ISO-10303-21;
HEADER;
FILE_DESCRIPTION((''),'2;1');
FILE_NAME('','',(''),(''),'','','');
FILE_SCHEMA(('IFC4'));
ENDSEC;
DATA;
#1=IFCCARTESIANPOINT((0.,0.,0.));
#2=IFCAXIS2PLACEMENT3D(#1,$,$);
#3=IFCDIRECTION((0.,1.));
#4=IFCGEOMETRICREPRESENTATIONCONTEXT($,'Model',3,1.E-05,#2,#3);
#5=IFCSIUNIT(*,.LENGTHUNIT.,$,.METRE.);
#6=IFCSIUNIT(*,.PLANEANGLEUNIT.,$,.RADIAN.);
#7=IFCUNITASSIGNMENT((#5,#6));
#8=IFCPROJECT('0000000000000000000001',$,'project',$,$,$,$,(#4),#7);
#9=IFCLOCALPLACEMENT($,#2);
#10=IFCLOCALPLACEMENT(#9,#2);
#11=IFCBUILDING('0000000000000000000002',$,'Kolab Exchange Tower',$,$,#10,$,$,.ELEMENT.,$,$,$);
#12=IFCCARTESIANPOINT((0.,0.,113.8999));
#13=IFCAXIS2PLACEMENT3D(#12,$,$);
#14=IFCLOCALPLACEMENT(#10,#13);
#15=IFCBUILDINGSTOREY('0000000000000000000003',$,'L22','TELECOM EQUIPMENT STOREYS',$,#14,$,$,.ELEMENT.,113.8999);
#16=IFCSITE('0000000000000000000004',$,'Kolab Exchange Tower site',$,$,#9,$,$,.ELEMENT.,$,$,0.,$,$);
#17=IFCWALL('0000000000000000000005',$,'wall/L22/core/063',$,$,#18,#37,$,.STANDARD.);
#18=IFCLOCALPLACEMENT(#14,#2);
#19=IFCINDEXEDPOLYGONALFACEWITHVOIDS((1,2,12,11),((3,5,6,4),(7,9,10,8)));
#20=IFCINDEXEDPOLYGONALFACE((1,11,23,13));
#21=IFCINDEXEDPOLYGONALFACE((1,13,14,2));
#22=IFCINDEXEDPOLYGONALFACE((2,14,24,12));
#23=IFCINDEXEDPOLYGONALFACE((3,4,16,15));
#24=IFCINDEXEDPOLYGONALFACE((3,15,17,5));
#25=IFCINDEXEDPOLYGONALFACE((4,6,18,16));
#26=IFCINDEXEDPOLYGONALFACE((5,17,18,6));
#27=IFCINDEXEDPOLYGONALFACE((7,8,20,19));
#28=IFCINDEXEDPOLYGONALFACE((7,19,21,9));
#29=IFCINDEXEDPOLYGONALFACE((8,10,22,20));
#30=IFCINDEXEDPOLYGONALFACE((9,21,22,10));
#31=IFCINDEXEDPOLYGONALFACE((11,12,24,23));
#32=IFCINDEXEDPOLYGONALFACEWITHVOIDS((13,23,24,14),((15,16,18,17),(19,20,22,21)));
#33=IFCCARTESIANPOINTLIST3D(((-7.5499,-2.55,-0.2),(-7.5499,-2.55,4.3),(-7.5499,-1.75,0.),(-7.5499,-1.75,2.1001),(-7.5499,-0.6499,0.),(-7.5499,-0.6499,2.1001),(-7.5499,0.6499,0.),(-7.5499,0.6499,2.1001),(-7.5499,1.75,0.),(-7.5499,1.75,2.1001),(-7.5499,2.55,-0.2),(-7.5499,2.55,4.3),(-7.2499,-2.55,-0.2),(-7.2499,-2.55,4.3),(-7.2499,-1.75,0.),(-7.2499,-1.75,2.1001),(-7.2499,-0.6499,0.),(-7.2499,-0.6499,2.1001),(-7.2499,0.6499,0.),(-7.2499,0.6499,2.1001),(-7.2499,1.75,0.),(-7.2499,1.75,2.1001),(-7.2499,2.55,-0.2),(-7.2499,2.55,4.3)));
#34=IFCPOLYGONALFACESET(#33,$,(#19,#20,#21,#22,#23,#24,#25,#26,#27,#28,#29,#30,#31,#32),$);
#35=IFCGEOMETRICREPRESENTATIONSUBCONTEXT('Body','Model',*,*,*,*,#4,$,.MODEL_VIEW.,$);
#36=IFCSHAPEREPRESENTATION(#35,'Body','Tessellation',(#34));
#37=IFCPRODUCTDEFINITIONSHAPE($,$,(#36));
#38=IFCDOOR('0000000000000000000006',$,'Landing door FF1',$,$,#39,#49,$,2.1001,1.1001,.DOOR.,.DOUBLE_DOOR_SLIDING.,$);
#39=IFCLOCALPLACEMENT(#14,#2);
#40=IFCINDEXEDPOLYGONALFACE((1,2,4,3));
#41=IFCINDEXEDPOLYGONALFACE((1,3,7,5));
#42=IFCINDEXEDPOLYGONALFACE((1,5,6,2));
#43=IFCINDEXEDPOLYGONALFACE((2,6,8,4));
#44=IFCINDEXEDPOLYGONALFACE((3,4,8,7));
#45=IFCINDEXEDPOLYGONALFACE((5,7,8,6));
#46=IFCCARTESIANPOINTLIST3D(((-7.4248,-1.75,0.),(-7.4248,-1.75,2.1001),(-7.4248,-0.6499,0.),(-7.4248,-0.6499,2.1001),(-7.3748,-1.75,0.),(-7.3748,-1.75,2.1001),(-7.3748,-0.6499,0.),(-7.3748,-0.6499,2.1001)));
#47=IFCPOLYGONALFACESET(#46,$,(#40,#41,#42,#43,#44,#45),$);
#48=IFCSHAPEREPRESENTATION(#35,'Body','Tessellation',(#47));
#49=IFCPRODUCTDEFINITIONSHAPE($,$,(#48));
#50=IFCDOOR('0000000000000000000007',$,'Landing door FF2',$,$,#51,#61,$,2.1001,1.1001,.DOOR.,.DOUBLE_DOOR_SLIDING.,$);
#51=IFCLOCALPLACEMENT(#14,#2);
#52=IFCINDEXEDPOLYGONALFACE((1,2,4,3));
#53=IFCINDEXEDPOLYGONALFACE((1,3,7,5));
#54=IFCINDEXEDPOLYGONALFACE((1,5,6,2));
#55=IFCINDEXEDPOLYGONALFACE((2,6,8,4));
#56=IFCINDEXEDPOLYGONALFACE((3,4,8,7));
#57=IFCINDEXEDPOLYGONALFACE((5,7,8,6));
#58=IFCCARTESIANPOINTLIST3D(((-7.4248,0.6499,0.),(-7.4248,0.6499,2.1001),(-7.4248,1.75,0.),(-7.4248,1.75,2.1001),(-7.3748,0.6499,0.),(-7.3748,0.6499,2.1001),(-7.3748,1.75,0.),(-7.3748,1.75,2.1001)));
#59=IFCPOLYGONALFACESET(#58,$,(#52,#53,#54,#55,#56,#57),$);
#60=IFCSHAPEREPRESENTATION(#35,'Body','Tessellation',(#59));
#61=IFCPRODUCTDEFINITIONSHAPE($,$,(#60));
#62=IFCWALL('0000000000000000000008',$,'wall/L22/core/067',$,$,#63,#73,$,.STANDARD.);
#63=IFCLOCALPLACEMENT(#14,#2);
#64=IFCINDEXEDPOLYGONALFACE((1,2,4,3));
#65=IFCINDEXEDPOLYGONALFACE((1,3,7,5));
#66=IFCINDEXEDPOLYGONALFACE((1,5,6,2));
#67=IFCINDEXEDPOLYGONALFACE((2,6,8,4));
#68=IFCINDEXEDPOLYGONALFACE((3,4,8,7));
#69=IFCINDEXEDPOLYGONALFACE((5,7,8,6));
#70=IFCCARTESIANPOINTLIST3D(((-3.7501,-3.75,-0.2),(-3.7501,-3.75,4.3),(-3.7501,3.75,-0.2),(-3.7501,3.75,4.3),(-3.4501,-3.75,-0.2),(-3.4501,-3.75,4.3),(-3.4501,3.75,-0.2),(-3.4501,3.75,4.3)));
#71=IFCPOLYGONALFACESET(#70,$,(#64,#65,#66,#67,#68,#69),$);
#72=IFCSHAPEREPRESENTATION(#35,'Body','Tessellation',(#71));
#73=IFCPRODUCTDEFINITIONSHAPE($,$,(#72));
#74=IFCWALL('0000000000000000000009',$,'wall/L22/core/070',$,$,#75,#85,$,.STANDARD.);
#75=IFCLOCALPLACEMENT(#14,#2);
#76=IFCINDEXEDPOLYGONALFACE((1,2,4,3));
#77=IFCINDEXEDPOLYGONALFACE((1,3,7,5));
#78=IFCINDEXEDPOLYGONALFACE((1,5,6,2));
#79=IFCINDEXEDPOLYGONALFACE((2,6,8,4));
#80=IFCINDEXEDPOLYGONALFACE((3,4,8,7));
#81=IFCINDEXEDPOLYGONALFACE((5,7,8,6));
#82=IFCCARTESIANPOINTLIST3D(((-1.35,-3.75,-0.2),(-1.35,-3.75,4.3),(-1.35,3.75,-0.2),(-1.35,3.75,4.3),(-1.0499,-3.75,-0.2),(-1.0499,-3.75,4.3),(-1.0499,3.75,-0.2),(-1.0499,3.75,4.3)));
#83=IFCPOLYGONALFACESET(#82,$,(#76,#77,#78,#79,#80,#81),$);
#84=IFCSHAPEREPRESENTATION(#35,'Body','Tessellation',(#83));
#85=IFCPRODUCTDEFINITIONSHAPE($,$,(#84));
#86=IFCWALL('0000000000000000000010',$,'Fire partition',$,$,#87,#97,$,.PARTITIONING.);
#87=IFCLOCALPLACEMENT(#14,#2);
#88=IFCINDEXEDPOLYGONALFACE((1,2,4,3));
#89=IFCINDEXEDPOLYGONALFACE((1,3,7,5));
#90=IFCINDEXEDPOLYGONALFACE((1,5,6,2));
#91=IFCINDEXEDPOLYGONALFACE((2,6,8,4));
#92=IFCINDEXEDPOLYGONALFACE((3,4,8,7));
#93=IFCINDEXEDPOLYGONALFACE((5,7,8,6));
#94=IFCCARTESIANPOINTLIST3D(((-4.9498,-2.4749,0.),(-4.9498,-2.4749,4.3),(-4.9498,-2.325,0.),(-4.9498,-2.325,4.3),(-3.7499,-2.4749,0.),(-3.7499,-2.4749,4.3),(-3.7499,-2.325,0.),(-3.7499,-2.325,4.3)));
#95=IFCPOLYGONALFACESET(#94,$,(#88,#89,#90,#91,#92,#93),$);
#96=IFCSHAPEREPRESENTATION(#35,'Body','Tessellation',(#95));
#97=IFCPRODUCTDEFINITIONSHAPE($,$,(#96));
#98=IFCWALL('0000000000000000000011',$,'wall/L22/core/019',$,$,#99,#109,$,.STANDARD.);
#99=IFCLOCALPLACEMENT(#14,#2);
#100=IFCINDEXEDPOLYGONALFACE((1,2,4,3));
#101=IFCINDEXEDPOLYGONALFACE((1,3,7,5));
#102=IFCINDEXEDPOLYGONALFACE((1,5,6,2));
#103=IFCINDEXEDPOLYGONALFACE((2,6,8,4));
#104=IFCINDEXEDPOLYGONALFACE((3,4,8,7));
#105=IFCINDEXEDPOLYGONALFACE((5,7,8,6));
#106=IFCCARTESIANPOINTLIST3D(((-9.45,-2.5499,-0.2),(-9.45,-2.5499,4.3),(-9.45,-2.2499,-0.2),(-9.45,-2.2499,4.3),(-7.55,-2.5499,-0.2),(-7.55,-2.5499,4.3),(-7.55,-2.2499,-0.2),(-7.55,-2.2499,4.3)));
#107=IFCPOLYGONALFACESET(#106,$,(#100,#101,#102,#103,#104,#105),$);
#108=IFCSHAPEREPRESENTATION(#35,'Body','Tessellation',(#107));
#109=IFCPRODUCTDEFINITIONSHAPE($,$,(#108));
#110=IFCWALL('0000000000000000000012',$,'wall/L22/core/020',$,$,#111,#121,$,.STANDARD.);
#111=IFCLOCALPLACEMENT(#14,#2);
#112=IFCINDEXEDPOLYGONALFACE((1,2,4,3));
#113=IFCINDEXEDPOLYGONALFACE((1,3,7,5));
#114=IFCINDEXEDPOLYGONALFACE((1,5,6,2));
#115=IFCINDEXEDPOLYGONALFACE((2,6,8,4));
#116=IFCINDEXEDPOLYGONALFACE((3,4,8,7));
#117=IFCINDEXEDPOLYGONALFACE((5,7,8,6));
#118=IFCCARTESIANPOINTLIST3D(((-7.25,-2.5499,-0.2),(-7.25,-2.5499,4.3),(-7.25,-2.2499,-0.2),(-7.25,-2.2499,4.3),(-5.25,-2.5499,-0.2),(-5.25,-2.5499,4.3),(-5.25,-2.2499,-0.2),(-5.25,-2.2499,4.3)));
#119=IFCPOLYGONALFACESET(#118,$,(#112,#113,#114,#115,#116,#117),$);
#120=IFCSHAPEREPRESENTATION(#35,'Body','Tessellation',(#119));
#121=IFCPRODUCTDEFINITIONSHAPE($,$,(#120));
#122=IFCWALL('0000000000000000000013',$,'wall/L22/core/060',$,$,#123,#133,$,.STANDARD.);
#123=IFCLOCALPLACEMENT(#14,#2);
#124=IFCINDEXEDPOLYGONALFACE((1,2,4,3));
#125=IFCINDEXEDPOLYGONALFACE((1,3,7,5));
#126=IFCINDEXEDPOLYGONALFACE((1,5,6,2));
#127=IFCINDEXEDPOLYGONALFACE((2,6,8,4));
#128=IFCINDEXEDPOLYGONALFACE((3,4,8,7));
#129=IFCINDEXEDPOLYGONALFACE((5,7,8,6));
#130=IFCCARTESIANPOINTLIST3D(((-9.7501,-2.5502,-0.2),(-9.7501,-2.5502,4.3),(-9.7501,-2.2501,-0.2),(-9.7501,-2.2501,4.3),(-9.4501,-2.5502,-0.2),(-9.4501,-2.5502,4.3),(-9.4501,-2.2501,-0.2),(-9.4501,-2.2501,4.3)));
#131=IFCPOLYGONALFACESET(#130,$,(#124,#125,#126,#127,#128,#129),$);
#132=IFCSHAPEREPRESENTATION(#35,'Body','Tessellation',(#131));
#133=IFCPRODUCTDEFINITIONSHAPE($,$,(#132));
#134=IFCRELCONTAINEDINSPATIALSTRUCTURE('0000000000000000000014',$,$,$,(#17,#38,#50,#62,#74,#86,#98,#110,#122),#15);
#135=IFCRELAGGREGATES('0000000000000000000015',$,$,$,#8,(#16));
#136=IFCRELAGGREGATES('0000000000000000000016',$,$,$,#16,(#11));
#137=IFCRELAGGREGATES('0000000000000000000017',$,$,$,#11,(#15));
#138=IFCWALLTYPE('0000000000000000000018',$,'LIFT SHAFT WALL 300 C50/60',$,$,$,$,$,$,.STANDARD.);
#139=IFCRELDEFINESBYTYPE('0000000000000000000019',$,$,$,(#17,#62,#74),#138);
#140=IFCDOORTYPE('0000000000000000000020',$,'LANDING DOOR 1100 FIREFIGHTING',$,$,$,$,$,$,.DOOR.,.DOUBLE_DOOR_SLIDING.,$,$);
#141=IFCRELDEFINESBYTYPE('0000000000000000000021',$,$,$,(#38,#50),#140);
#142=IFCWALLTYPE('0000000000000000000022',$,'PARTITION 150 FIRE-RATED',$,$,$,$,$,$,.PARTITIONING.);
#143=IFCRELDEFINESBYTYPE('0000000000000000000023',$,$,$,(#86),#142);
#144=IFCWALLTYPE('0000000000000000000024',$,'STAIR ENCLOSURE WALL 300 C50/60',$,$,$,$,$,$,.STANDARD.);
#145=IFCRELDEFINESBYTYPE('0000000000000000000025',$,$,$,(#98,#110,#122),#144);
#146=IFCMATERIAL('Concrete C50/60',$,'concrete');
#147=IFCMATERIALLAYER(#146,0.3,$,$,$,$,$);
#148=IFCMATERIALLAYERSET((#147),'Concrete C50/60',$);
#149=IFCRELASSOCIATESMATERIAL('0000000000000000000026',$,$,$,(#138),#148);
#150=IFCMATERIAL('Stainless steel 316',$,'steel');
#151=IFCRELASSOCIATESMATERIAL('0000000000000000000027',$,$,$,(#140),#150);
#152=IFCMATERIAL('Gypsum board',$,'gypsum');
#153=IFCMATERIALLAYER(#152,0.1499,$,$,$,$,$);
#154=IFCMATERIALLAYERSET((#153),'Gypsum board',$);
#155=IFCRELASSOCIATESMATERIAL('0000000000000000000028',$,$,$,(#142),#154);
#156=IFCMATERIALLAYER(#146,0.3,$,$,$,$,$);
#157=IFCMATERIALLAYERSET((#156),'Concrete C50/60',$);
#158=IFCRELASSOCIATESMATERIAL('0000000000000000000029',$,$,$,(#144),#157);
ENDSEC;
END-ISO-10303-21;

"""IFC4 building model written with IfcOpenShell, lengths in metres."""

from ifc_helpers import new_model, si_unit, direction, frame, frame_2d, origin, place, context, subcontext, project, spatial, rectangle, extrude, material, layer, layer_set, type_object, element, fill, save


model = new_model("IFC4")

# Units and contexts
model_context = context("Model", 3, precision=1e-05, world=origin(), true_north=direction((0.0, 1.0)))
body_context = subcontext(model_context, "Body", "Model", "MODEL_VIEW")
ifc_project = project(units=[si_unit("LENGTHUNIT", "METRE"), si_unit("PLANEANGLEUNIT", "RADIAN")], contexts=[model_context])

# Site, building, storey
site_placement = place(None, origin())
site = spatial("IfcSite", under=ifc_project, at=site_placement, Name="Kolab Exchange Tower site", CompositionType="ELEMENT", RefElevation=0.0)
building_placement = place(site_placement, origin())
building = spatial("IfcBuilding", under=site, at=building_placement, Name="Kolab Exchange Tower", CompositionType="ELEMENT")
storey_placement = place(building_placement, frame((0.0, 0.0, 113.8999)))
storey = spatial("IfcBuildingStorey", under=building, at=storey_placement, Name="L22", Description="TELECOM EQUIPMENT STOREYS", CompositionType="ELEMENT", Elevation=113.8999)

# Shared definitions
ifc_material_1 = material(Name="Concrete C50/60", Category="concrete")
ifc_layer_1 = layer(ifc_material_1, 0.3)
ifc_layer_set_1 = layer_set([ifc_layer_1], Name="Concrete C50/60")
wall_type_1 = type_object("IfcWallType", Name="LIFT SHAFT WALL 300 C50/60", PredefinedType="STANDARD", material=ifc_layer_set_1)

# Wall, openings, doors
wall_1_placement = place(storey_placement, frame((-7.3999, -2.55, -0.2), z_axis=(0.0, 0.0, 1.0), x_axis=(0.0, 1.0, 0.0)))
wall_1 = element("IfcWall", 1, at=wall_1_placement, inside=storey, type_object=wall_type_1, Name="wall/L22/core/063", PredefinedType="STANDARD", context=body_context, shape_type="SweptSolid", body=[
    extrude(rectangle(XDim=5.1001, YDim=0.3, at=frame_2d((2.55, 0.0))), origin(), (0.0, 0.0, 1.0), 4.5),
])
opening_1_placement = place(wall_1_placement, frame((0.8, 0.0, 0.2)))
opening_1 = element("IfcOpeningElement", 2, at=opening_1_placement, cuts=wall_1, PredefinedType="OPENING", context=body_context, shape_type="SweptSolid", body=[
    extrude(rectangle(XDim=1.1001, YDim=2.1001, at=frame_2d((0.55, 1.05))), frame((0.0, 0.1602, 0.0), z_axis=(0.0, -1.0, 0.0), x_axis=(1.0, 0.0, 0.0)), (0.0, 0.0, 1.0), 0.3201),
])
opening_2_placement = place(wall_1_placement, frame((3.2, 0.0, 0.2)))
opening_2 = element("IfcOpeningElement", 3, at=opening_2_placement, cuts=wall_1, PredefinedType="OPENING", context=body_context, shape_type="SweptSolid", body=[
    extrude(rectangle(XDim=1.1001, YDim=2.1001, at=frame_2d((0.55, 1.05))), frame((0.0, 0.1602, 0.0), z_axis=(0.0, -1.0, 0.0), x_axis=(1.0, 0.0, 0.0)), (0.0, 0.0, 1.0), 0.3201),
])
ifc_material_2 = material(Name="Stainless steel 316", Category="steel")
door_type_1 = type_object("IfcDoorType", Name="LANDING DOOR 1100 FIREFIGHTING", OperationType="DOUBLE_DOOR_SLIDING", PredefinedType="DOOR", material=ifc_material_2)
door_1_placement = place(opening_1_placement, origin())
door_1 = element("IfcDoor", 4, at=door_1_placement, inside=storey, type_object=door_type_1, Name="Landing door FF1", OperationType="DOUBLE_DOOR_SLIDING", OverallHeight=2.1001, OverallWidth=1.1001, PredefinedType="DOOR", context=body_context, shape_type="SweptSolid", body=[
    extrude(rectangle(XDim=1.1001, YDim=2.1001, at=frame_2d((0.55, 1.05))), frame((0.0, 0.0249, 0.0), z_axis=(0.0, -1.0, 0.0), x_axis=(1.0, 0.0, 0.0)), (0.0, 0.0, 1.0), 0.05),
])
fill(opening_1, door_1)
door_2_placement = place(opening_2_placement, origin())
door_2 = element("IfcDoor", 5, at=door_2_placement, inside=storey, type_object=door_type_1, Name="Landing door FF2", OperationType="DOUBLE_DOOR_SLIDING", OverallHeight=2.1001, OverallWidth=1.1001, PredefinedType="DOOR", context=body_context, shape_type="SweptSolid", body=[
    extrude(rectangle(XDim=1.1001, YDim=2.1001, at=frame_2d((0.55, 1.05))), frame((0.0, 0.0249, 0.0), z_axis=(0.0, -1.0, 0.0), x_axis=(1.0, 0.0, 0.0)), (0.0, 0.0, 1.0), 0.05),
])
fill(opening_2, door_2)

# Walls
for number, where, z_axis, x_axis, name in (
    (6, (-3.6001, -3.75, -0.2), (0.0, 0.0, 1.0), (0.0, 1.0, 0.0), "wall/L22/core/067"),
    (7, (-1.2, -3.75, -0.2), (0.0, 0.0, 1.0), (0.0, 1.0, 0.0), "wall/L22/core/070"),
):
    element("IfcWall", number, at=place(storey_placement, frame(where, z_axis=z_axis, x_axis=x_axis)), inside=storey, type_object=wall_type_1, Name=name, PredefinedType="STANDARD", context=body_context, shape_type="SweptSolid", body=[
        extrude(rectangle(XDim=7.5, YDim=0.3, at=frame_2d((3.75, 0.0))), origin(), (0.0, 0.0, 1.0), 4.5),
    ])
ifc_material_3 = material(Name="Gypsum board", Category="gypsum")
ifc_layer_2 = layer(ifc_material_3, 0.1499)
ifc_layer_set_2 = layer_set([ifc_layer_2], Name="Gypsum board")
wall_type_2 = type_object("IfcWallType", Name="PARTITION 150 FIRE-RATED", PredefinedType="PARTITIONING", material=ifc_layer_set_2)
wall_2_placement = place(storey_placement, frame((-4.95, -2.3999, 0.0), z_axis=(0.0, 0.0, 1.0), x_axis=(1.0, 0.0, 0.0)))
element("IfcWall", 8, at=wall_2_placement, inside=storey, type_object=wall_type_2, Name="Fire partition", PredefinedType="PARTITIONING", context=body_context, shape_type="SweptSolid", body=[
    extrude(rectangle(XDim=1.2, YDim=0.1499, at=frame_2d((0.6001, 0.0))), origin(), (0.0, 0.0, 1.0), 4.3),
])
ifc_layer_3 = layer(ifc_material_1, 0.3)
ifc_layer_set_3 = layer_set([ifc_layer_3], Name="Concrete C50/60")
wall_type_3 = type_object("IfcWallType", Name="STAIR ENCLOSURE WALL 300 C50/60", PredefinedType="STANDARD", material=ifc_layer_set_3)
wall_3_placement = place(storey_placement, frame((-9.45, -2.3999, -0.2), z_axis=(0.0, 0.0, 1.0), x_axis=(1.0, 0.0, 0.0)))
element("IfcWall", 9, at=wall_3_placement, inside=storey, type_object=wall_type_3, Name="wall/L22/core/019", PredefinedType="STANDARD", context=body_context, shape_type="SweptSolid", body=[
    extrude(rectangle(XDim=1.8999, YDim=0.3, at=frame_2d((0.95, 0.0))), origin(), (0.0, 0.0, 1.0), 4.5),
])
wall_4_placement = place(storey_placement, frame((-7.25, -2.3999, -0.2), z_axis=(0.0, 0.0, 1.0), x_axis=(1.0, 0.0, 0.0)))
element("IfcWall", 10, at=wall_4_placement, inside=storey, type_object=wall_type_3, Name="wall/L22/core/020", PredefinedType="STANDARD", context=body_context, shape_type="SweptSolid", body=[
    extrude(rectangle(XDim=2.0, YDim=0.3, at=frame_2d((1.0, 0.0))), origin(), (0.0, 0.0, 1.0), 4.5),
])
wall_5_placement = place(storey_placement, frame((-9.6001, -2.55, -0.2), z_axis=(0.0, 0.0, 1.0), x_axis=(0.0, 1.0, 0.0)))
element("IfcWall", 11, at=wall_5_placement, inside=storey, type_object=wall_type_3, Name="wall/L22/core/060", PredefinedType="STANDARD", context=body_context, shape_type="SweptSolid", body=[
    extrude(rectangle(XDim=0.3, YDim=0.3, at=frame_2d((0.1499, 0.0))), origin(), (0.0, 0.0, 1.0), 4.5),
])

save(model, "model.ifc")
